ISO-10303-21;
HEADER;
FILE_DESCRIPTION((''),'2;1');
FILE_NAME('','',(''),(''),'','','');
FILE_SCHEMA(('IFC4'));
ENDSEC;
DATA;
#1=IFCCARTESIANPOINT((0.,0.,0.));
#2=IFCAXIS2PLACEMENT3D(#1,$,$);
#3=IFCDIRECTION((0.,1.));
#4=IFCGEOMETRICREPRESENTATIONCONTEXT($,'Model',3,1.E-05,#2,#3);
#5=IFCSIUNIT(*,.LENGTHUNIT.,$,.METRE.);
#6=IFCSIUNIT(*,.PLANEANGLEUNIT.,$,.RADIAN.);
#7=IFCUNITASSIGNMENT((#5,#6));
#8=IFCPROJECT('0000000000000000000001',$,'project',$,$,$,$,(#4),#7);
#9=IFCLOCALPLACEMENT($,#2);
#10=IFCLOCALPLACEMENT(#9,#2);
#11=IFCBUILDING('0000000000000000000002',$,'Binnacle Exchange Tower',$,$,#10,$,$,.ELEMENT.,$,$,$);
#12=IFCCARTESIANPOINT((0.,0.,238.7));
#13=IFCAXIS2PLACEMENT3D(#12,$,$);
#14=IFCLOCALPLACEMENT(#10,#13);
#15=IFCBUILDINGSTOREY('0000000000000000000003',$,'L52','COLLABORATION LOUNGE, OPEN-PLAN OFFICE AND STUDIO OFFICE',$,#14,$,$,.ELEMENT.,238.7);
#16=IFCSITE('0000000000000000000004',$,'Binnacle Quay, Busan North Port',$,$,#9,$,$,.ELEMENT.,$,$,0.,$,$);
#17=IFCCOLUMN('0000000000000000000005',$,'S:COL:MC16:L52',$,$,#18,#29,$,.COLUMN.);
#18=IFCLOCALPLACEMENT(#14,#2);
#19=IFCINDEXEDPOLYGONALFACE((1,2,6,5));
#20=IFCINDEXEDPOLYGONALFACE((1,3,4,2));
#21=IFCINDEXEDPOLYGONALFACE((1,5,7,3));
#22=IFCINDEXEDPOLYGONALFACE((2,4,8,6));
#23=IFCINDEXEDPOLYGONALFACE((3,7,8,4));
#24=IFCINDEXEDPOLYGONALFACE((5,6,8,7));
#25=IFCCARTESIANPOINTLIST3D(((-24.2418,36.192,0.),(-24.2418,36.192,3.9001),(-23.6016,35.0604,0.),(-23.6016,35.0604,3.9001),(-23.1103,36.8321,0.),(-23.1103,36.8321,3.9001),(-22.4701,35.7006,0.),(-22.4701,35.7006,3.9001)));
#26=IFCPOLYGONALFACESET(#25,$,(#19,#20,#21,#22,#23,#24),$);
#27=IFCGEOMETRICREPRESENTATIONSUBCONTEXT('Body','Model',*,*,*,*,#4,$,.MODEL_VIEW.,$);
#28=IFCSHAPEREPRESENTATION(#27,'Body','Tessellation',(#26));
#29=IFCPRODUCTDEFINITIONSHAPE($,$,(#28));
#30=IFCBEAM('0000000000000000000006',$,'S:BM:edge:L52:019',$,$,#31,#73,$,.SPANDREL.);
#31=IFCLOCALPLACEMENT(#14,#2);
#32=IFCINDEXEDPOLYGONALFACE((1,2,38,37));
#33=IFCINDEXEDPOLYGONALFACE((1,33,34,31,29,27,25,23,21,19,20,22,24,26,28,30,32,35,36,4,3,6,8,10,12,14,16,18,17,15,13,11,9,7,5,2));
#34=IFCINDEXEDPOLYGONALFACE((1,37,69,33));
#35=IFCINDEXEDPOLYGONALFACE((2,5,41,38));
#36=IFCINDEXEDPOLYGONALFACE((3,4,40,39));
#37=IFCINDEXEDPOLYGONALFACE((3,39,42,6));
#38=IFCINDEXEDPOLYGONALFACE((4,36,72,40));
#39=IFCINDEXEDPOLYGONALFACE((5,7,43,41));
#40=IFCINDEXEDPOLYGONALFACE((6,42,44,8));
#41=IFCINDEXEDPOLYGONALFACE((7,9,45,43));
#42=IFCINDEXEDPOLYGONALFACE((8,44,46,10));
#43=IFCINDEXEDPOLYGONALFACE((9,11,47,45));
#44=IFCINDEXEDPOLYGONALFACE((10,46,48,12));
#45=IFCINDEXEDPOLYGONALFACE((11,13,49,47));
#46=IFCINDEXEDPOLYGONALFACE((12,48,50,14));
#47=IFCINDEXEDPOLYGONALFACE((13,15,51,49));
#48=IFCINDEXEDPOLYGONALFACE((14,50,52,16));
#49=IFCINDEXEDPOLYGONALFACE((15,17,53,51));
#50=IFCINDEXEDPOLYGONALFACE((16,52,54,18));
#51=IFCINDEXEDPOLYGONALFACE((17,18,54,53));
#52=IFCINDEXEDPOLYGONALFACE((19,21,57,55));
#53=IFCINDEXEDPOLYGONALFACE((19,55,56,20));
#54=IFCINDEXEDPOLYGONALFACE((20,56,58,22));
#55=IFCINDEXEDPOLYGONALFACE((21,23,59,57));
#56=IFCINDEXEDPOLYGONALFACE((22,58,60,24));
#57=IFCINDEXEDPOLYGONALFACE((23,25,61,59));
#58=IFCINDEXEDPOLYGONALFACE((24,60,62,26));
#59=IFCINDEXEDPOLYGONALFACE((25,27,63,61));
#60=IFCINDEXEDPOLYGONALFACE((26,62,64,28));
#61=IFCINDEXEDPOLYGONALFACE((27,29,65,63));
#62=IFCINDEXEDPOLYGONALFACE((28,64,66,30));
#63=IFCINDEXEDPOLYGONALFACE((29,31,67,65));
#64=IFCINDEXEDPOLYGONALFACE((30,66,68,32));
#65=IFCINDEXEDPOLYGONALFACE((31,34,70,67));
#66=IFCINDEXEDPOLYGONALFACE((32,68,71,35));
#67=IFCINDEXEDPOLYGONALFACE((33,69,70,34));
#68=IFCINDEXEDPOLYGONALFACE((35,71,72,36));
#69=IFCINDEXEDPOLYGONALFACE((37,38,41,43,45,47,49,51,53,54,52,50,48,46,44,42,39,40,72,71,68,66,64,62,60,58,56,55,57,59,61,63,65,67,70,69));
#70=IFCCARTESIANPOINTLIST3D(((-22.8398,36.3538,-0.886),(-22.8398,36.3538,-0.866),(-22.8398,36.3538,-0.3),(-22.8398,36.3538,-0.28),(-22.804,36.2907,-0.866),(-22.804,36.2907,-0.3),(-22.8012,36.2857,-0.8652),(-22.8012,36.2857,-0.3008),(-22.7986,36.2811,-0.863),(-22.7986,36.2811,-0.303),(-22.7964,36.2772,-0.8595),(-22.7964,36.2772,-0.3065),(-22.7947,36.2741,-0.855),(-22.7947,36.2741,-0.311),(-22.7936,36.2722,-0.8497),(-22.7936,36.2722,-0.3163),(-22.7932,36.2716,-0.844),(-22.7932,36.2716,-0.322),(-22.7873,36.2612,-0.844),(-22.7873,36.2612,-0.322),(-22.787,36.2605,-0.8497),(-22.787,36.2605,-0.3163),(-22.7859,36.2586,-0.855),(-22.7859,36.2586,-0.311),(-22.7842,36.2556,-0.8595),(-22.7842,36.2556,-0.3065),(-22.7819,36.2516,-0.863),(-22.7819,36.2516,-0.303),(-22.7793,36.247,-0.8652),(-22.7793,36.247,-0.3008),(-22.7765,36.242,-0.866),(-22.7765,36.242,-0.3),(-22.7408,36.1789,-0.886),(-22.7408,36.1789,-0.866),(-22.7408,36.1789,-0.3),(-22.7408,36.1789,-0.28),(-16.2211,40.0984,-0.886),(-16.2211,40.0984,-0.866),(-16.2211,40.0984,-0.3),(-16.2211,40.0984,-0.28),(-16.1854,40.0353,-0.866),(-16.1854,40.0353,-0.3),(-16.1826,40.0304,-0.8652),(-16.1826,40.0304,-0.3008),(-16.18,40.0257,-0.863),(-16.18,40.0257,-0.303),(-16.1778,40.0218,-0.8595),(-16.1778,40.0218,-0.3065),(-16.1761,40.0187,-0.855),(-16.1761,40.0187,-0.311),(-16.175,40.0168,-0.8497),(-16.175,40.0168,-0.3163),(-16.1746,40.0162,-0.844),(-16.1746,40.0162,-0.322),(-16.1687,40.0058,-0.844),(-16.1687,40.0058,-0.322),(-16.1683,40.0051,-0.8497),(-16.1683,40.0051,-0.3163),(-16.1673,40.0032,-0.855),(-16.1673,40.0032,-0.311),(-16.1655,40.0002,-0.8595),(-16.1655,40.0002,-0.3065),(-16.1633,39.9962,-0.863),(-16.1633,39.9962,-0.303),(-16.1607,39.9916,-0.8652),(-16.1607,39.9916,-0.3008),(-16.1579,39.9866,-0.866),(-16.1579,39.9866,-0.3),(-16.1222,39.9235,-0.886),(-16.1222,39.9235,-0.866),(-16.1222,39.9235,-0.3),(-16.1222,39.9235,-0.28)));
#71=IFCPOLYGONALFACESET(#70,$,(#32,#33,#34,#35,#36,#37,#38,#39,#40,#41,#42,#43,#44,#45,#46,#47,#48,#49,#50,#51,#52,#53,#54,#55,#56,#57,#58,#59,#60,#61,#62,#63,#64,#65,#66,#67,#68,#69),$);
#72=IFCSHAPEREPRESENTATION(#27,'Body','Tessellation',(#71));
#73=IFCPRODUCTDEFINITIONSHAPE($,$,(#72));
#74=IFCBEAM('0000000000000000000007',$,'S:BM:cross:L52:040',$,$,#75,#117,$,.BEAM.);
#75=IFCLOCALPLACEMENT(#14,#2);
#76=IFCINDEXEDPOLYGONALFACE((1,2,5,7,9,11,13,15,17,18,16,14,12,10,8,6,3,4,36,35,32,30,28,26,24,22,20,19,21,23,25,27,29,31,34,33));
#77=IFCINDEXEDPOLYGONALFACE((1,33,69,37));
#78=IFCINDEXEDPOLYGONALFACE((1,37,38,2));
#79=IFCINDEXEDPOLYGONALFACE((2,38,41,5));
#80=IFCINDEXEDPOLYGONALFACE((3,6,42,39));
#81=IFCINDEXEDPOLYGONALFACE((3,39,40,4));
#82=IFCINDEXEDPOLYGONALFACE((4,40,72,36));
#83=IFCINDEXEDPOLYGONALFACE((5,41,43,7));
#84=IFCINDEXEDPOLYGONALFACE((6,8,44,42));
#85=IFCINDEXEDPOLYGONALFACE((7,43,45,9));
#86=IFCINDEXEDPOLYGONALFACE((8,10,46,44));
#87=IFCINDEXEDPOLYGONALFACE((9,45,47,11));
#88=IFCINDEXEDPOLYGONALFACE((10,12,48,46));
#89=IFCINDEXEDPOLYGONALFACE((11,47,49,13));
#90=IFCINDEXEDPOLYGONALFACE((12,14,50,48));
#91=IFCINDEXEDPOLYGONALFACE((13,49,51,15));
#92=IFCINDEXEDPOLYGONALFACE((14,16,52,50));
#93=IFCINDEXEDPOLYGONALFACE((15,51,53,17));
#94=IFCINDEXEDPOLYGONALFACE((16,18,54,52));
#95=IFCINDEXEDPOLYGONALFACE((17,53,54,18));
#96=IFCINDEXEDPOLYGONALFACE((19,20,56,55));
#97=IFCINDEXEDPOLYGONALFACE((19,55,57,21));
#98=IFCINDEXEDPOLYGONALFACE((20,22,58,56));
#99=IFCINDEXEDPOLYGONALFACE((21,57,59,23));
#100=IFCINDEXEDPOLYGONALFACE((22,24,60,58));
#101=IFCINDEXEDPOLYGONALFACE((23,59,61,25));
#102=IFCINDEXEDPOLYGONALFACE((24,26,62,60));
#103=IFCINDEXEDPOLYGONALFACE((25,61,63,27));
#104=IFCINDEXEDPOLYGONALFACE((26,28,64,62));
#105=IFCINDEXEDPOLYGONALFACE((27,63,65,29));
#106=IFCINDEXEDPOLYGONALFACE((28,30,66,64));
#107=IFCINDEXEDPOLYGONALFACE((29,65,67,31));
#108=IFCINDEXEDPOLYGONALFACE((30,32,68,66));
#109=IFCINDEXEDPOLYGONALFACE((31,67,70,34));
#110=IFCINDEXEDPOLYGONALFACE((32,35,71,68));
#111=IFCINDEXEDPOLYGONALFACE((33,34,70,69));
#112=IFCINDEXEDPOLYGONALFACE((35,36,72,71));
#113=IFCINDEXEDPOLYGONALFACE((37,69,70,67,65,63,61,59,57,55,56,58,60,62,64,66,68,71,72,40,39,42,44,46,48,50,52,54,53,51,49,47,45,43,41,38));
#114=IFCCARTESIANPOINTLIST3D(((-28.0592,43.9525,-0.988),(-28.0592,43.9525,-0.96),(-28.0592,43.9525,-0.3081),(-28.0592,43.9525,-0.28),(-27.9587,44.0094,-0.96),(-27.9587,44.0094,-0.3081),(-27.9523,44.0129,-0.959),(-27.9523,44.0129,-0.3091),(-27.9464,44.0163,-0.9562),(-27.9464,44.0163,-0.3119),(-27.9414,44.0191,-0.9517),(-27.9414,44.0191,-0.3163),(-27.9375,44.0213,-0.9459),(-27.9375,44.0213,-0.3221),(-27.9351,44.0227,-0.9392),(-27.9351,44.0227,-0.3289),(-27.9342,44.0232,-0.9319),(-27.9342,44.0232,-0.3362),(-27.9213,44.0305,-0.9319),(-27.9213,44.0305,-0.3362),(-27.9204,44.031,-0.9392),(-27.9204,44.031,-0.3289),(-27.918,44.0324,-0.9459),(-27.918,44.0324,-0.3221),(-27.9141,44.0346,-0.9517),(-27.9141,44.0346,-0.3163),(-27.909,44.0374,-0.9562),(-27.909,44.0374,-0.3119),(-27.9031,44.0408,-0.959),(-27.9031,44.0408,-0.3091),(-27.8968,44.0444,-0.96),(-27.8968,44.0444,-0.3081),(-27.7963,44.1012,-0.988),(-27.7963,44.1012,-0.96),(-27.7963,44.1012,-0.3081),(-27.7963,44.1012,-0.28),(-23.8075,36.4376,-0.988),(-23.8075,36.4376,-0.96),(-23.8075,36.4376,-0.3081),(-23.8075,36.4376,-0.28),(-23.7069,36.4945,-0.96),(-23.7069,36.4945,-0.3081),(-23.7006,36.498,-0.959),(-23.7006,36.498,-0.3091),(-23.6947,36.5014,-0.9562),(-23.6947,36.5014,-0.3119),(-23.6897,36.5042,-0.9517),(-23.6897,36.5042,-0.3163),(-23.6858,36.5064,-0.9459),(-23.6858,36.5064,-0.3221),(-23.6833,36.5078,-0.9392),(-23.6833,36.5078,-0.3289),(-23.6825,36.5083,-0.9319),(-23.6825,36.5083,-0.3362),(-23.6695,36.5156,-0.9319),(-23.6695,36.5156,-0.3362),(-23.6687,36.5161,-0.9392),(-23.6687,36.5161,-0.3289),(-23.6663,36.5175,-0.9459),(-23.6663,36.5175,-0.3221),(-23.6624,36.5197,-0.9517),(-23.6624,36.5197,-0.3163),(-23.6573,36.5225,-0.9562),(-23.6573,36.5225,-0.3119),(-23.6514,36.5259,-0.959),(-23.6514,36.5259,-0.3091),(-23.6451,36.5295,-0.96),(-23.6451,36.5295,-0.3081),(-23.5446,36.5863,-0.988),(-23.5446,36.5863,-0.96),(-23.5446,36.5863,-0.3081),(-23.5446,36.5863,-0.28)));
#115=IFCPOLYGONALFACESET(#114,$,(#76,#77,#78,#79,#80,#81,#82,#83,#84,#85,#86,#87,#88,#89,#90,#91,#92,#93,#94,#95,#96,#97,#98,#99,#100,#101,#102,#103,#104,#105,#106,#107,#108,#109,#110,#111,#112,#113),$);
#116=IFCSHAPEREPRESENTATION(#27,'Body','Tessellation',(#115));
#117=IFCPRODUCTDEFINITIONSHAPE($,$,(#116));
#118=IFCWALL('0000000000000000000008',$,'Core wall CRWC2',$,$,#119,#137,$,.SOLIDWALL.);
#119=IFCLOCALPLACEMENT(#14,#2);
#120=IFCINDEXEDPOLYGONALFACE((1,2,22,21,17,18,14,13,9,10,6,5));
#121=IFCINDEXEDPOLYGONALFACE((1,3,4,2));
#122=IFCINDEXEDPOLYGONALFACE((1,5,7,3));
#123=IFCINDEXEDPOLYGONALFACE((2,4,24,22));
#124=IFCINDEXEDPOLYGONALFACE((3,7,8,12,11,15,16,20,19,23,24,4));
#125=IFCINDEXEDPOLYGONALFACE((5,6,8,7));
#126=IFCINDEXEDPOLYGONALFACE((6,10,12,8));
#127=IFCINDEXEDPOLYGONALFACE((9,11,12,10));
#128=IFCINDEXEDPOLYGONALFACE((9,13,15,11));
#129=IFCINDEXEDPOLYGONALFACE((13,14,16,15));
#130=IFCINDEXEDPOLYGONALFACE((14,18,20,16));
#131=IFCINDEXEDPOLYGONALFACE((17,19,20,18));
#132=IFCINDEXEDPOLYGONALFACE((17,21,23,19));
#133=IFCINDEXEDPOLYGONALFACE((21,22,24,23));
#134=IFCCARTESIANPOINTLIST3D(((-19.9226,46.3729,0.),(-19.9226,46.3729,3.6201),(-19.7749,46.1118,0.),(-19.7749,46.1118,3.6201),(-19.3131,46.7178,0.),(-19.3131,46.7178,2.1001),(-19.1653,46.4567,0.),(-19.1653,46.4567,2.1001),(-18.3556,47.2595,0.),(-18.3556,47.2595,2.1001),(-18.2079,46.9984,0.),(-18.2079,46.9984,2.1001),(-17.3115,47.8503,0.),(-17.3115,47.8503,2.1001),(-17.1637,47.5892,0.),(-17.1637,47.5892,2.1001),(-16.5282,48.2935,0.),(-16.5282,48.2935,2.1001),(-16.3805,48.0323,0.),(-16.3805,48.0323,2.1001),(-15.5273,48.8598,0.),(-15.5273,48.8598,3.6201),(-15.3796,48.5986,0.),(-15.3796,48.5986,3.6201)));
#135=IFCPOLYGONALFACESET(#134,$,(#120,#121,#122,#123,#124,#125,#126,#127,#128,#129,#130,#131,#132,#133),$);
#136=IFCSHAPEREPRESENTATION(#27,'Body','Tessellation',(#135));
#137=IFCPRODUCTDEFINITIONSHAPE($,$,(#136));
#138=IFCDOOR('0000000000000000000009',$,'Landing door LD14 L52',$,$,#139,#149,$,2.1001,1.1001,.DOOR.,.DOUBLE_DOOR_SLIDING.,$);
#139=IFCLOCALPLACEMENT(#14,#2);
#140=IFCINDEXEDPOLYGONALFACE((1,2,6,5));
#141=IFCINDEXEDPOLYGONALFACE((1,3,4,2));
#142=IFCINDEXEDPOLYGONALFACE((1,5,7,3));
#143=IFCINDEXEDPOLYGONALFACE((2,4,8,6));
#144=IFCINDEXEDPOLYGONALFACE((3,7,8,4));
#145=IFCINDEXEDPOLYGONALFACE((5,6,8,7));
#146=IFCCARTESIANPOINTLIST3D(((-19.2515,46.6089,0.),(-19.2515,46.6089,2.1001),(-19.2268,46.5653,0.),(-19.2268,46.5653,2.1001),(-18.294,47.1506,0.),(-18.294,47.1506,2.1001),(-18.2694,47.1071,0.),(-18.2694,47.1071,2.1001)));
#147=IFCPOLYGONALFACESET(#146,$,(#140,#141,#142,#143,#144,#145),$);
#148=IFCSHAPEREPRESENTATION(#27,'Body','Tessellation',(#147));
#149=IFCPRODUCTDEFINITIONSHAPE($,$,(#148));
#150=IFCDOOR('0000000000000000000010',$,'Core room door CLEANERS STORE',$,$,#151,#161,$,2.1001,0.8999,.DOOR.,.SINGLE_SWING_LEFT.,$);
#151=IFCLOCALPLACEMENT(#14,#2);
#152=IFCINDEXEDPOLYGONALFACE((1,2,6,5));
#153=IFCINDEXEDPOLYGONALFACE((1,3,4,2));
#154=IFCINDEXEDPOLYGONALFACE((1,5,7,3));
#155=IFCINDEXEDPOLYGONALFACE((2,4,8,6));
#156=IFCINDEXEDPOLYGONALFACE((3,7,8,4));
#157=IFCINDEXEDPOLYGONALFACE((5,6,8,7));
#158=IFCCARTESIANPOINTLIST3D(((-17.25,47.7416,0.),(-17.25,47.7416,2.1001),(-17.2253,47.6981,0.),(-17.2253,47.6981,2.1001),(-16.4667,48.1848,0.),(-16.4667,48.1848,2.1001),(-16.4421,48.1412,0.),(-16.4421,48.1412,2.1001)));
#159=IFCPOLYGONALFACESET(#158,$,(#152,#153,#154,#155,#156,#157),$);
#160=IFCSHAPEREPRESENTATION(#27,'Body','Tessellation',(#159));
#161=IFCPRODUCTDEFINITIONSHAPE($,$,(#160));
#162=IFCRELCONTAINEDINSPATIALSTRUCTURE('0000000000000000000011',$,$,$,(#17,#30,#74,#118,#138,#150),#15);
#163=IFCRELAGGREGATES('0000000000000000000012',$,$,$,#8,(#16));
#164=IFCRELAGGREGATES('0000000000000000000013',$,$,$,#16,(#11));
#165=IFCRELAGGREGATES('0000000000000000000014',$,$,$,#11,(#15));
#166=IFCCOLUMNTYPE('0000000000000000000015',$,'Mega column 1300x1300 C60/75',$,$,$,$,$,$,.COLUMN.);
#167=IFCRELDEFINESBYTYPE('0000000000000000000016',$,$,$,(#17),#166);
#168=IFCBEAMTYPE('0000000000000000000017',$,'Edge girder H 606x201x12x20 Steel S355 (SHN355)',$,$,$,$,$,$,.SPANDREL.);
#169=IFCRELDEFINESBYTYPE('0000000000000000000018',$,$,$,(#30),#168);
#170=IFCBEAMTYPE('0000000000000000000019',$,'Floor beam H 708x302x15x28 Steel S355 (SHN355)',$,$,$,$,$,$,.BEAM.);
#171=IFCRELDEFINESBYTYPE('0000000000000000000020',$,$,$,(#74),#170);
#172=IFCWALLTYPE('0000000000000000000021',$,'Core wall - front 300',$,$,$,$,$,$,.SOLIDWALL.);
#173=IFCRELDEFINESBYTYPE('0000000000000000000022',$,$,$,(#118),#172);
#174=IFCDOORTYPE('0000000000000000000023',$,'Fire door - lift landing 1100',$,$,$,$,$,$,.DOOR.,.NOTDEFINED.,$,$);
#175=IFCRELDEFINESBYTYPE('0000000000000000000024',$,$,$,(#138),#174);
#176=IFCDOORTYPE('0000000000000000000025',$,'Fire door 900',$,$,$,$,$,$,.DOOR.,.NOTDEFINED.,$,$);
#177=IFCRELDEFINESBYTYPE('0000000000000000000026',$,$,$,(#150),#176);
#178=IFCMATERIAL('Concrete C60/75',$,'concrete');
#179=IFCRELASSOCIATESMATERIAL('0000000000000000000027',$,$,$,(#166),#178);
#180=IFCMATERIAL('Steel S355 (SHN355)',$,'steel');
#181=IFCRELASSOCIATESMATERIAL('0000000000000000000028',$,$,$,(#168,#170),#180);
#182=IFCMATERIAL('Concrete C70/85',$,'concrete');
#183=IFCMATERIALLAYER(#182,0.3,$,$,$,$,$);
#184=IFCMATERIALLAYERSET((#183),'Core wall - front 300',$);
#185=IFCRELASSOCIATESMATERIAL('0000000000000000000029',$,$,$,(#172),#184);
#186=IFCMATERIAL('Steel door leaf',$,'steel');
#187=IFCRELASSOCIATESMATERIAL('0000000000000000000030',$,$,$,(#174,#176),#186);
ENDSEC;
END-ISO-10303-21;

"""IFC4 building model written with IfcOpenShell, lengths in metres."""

from ifc_helpers import new_model, si_unit, direction, frame, frame_2d, origin, origin_2d, place, context, subcontext, project, spatial, rectangle, i_section, extrude, material, layer, layer_set, material_profile, profile_set, type_object, element, fill, save


model = new_model("IFC4")

# Units and contexts
model_context = context("Model", 3, precision=1e-05, world=origin(), true_north=direction((0.0, 1.0)))
body_context = subcontext(model_context, "Body", "Model", "MODEL_VIEW")
ifc_project = project(units=[si_unit("LENGTHUNIT", "METRE"), si_unit("PLANEANGLEUNIT", "RADIAN")], contexts=[model_context])

# Site, building, storey
site_placement = place(None, origin())
site = spatial("IfcSite", under=ifc_project, at=site_placement, Name="Binnacle Quay, Busan North Port", CompositionType="ELEMENT", RefElevation=0.0)
building_placement = place(site_placement, origin())
building = spatial("IfcBuilding", under=site, at=building_placement, Name="Binnacle Exchange Tower", CompositionType="ELEMENT")
storey_placement = place(building_placement, frame((0.0, 0.0, 238.7)))
storey = spatial("IfcBuildingStorey", under=building, at=storey_placement, Name="L52", Description="COLLABORATION LOUNGE, OPEN-PLAN OFFICE AND STUDIO OFFICE", CompositionType="ELEMENT", Elevation=238.7)

# Column
ifc_material_1 = material(Name="Concrete C60/75", Category="concrete")
ifc_material_profile_1 = material_profile(ifc_material_1, rectangle(XDim=1.3, YDim=1.3, at=origin_2d()), Name="Mega column 1300x1300 C60/75")
ifc_profile_set_1 = profile_set([ifc_material_profile_1], Name="Concrete C60/75")
column_type = type_object("IfcColumnType", Name="Mega column 1300x1300 C60/75", PredefinedType="COLUMN", material=ifc_profile_set_1)
column_placement = place(storey_placement, frame((-23.356, 35.9463, 0.0), z_axis=(0.0, 0.0, 1.0), x_axis=(0.870356, 0.492424, 0.0)))
element("IfcColumn", 1, at=column_placement, inside=storey, type_object=column_type, Name="S:COL:MC16:L52", PredefinedType="COLUMN", context=body_context, shape_type="SweptSolid", body=[
    extrude(rectangle(XDim=1.3, YDim=1.3, at=origin_2d()), origin(), (0.0, 0.0, 1.0), 3.9001),
])

# Beams
ifc_material_2 = material(Name="Steel S355 (SHN355)", Category="steel")
ifc_material_profile_2 = material_profile(ifc_material_2, i_section(OverallWidth=0.2009, OverallDepth=0.606, WebThickness=0.012, FlangeThickness=0.02, FilletRadius=0.022, at=origin_2d()), Name="H 606x201x12x20")
ifc_profile_set_2 = profile_set([ifc_material_profile_2], Name="Steel S355 (SHN355)")
beam_type_1 = type_object("IfcBeamType", Name="Edge girder H 606x201x12x20 Steel S355 (SHN355)", PredefinedType="SPANDREL", material=ifc_profile_set_2)
beam_1_placement = place(storey_placement, frame((-22.7903, 36.2664, -0.583), z_axis=(0.870357, 0.492421, 0.0), x_axis=(-0.492421, 0.870357, 0.0)))
element("IfcBeam", 2, at=beam_1_placement, inside=storey, type_object=beam_type_1, Name="S:BM:edge:L52:019", PredefinedType="SPANDREL", context=body_context, shape_type="SweptSolid", body=[
    extrude(i_section(OverallWidth=0.2009, OverallDepth=0.606, WebThickness=0.012, FlangeThickness=0.02, FilletRadius=0.022, at=origin_2d()), origin(), (0.0, 0.0, 1.0), 7.6045),
])
ifc_material_profile_3 = material_profile(ifc_material_2, i_section(OverallWidth=0.302, OverallDepth=0.708, WebThickness=0.0149, FlangeThickness=0.0281, FilletRadius=0.0281, at=origin_2d()), Name="H 708x302x15x28")
ifc_profile_set_3 = profile_set([ifc_material_profile_3], Name="Steel S355 (SHN355)")
beam_type_2 = type_object("IfcBeamType", Name="Floor beam H 708x302x15x28 Steel S355 (SHN355)", PredefinedType="BEAM", material=ifc_profile_set_3)
beam_2_placement = place(storey_placement, frame((-23.676, 36.512, -0.634), z_axis=(-0.492422, 0.870356, 0.0), x_axis=(-0.870356, -0.492422, 0.0)))
element("IfcBeam", 3, at=beam_2_placement, inside=storey, type_object=beam_type_2, Name="S:BM:cross:L52:040", PredefinedType="BEAM", context=body_context, shape_type="SweptSolid", body=[
    extrude(i_section(OverallWidth=0.302, OverallDepth=0.708, WebThickness=0.0149, FlangeThickness=0.0281, FilletRadius=0.0281, at=origin_2d()), origin(), (0.0, 0.0, 1.0), 8.6343),
])

# Wall, openings, doors
ifc_material_3 = material(Name="Concrete C70/85", Category="concrete")
ifc_layer_1 = layer(ifc_material_3, 0.3)
ifc_layer_set_1 = layer_set([ifc_layer_1], Name="Core wall - front 300")
wall_type_1 = type_object("IfcWallType", Name="Core wall - front 300", PredefinedType="SOLIDWALL", material=ifc_layer_set_1)
wall_1_placement = place(storey_placement, frame((-19.8486, 46.2424, 0.0), z_axis=(0.0, 0.0, 1.0), x_axis=(0.870348, 0.492438, 0.0)))
wall_1 = element("IfcWall", 4, at=wall_1_placement, inside=storey, type_object=wall_type_1, Name="Core wall CRWC2", PredefinedType="SOLIDWALL", context=body_context, shape_type="SweptSolid", body=[
    extrude(rectangle(XDim=5.05, YDim=0.3, at=frame_2d((2.5249, 0.0))), origin(), (0.0, 0.0, 1.0), 3.6201),
])
opening_1_placement = place(wall_1_placement, frame((0.7002, 0.0, 0.0)))
opening_1 = element("IfcOpeningElement", 5, at=opening_1_placement, cuts=wall_1, PredefinedType="OPENING", context=body_context, shape_type="SweptSolid", body=[
    extrude(rectangle(XDim=1.1001, YDim=2.1001, at=frame_2d((0.55, 1.05))), frame((0.0, 0.1599, 0.0), z_axis=(0.0, -1.0, 0.0), x_axis=(1.0, 0.0, 0.0)), (0.0, 0.0, 1.0), 0.3201),
])
opening_2_placement = place(wall_1_placement, frame((3.0, 0.0, 0.0)))
opening_2 = element("IfcOpeningElement", 6, at=opening_2_placement, cuts=wall_1, PredefinedType="OPENING", context=body_context, shape_type="SweptSolid", body=[
    extrude(rectangle(XDim=0.8999, YDim=2.1001, at=frame_2d((0.45, 1.05))), frame((0.0, 0.1599, 0.0), z_axis=(0.0, -1.0, 0.0), x_axis=(1.0, 0.0, 0.0)), (0.0, 0.0, 1.0), 0.3201),
])
ifc_material_4 = material(Name="Steel door leaf", Category="steel")
door_type_1 = type_object("IfcDoorType", Name="Fire door - lift landing 1100", OperationType="NOTDEFINED", PredefinedType="DOOR", material=ifc_material_4)
door_1_placement = place(opening_1_placement, origin())
door_1 = element("IfcDoor", 7, at=door_1_placement, inside=storey, type_object=door_type_1, Name="Landing door LD14 L52", OperationType="DOUBLE_DOOR_SLIDING", OverallHeight=2.1001, OverallWidth=1.1001, PredefinedType="DOOR", context=body_context, shape_type="SweptSolid", body=[
    extrude(rectangle(XDim=1.1001, YDim=2.1001, at=frame_2d((0.55, 1.05))), frame((0.0, 0.0249, 0.0), z_axis=(0.0, -1.0, 0.0), x_axis=(1.0, 0.0, 0.0)), (0.0, 0.0, 1.0), 0.05),
])
fill(opening_1, door_1)
door_type_2 = type_object("IfcDoorType", Name="Fire door 900", OperationType="NOTDEFINED", PredefinedType="DOOR", material=ifc_material_4)
door_2_placement = place(opening_2_placement, frame((0.8999, 0.0, 0.0), z_axis=(0.0, 0.0, 1.0), x_axis=(-1.0, 0.0, 0.0)))
door_2 = element("IfcDoor", 8, at=door_2_placement, inside=storey, type_object=door_type_2, Name="Core room door CLEANERS STORE", OperationType="SINGLE_SWING_LEFT", OverallHeight=2.1001, OverallWidth=0.8999, PredefinedType="DOOR", context=body_context, shape_type="SweptSolid", body=[
    extrude(rectangle(XDim=0.8999, YDim=2.1001, at=frame_2d((0.45, 1.05))), frame((0.0, 0.0249, 0.0), z_axis=(0.0, -1.0, 0.0), x_axis=(1.0, 0.0, 0.0)), (0.0, 0.0, 1.0), 0.05),
])
fill(opening_2, door_2)

save(model, "model.ifc")
